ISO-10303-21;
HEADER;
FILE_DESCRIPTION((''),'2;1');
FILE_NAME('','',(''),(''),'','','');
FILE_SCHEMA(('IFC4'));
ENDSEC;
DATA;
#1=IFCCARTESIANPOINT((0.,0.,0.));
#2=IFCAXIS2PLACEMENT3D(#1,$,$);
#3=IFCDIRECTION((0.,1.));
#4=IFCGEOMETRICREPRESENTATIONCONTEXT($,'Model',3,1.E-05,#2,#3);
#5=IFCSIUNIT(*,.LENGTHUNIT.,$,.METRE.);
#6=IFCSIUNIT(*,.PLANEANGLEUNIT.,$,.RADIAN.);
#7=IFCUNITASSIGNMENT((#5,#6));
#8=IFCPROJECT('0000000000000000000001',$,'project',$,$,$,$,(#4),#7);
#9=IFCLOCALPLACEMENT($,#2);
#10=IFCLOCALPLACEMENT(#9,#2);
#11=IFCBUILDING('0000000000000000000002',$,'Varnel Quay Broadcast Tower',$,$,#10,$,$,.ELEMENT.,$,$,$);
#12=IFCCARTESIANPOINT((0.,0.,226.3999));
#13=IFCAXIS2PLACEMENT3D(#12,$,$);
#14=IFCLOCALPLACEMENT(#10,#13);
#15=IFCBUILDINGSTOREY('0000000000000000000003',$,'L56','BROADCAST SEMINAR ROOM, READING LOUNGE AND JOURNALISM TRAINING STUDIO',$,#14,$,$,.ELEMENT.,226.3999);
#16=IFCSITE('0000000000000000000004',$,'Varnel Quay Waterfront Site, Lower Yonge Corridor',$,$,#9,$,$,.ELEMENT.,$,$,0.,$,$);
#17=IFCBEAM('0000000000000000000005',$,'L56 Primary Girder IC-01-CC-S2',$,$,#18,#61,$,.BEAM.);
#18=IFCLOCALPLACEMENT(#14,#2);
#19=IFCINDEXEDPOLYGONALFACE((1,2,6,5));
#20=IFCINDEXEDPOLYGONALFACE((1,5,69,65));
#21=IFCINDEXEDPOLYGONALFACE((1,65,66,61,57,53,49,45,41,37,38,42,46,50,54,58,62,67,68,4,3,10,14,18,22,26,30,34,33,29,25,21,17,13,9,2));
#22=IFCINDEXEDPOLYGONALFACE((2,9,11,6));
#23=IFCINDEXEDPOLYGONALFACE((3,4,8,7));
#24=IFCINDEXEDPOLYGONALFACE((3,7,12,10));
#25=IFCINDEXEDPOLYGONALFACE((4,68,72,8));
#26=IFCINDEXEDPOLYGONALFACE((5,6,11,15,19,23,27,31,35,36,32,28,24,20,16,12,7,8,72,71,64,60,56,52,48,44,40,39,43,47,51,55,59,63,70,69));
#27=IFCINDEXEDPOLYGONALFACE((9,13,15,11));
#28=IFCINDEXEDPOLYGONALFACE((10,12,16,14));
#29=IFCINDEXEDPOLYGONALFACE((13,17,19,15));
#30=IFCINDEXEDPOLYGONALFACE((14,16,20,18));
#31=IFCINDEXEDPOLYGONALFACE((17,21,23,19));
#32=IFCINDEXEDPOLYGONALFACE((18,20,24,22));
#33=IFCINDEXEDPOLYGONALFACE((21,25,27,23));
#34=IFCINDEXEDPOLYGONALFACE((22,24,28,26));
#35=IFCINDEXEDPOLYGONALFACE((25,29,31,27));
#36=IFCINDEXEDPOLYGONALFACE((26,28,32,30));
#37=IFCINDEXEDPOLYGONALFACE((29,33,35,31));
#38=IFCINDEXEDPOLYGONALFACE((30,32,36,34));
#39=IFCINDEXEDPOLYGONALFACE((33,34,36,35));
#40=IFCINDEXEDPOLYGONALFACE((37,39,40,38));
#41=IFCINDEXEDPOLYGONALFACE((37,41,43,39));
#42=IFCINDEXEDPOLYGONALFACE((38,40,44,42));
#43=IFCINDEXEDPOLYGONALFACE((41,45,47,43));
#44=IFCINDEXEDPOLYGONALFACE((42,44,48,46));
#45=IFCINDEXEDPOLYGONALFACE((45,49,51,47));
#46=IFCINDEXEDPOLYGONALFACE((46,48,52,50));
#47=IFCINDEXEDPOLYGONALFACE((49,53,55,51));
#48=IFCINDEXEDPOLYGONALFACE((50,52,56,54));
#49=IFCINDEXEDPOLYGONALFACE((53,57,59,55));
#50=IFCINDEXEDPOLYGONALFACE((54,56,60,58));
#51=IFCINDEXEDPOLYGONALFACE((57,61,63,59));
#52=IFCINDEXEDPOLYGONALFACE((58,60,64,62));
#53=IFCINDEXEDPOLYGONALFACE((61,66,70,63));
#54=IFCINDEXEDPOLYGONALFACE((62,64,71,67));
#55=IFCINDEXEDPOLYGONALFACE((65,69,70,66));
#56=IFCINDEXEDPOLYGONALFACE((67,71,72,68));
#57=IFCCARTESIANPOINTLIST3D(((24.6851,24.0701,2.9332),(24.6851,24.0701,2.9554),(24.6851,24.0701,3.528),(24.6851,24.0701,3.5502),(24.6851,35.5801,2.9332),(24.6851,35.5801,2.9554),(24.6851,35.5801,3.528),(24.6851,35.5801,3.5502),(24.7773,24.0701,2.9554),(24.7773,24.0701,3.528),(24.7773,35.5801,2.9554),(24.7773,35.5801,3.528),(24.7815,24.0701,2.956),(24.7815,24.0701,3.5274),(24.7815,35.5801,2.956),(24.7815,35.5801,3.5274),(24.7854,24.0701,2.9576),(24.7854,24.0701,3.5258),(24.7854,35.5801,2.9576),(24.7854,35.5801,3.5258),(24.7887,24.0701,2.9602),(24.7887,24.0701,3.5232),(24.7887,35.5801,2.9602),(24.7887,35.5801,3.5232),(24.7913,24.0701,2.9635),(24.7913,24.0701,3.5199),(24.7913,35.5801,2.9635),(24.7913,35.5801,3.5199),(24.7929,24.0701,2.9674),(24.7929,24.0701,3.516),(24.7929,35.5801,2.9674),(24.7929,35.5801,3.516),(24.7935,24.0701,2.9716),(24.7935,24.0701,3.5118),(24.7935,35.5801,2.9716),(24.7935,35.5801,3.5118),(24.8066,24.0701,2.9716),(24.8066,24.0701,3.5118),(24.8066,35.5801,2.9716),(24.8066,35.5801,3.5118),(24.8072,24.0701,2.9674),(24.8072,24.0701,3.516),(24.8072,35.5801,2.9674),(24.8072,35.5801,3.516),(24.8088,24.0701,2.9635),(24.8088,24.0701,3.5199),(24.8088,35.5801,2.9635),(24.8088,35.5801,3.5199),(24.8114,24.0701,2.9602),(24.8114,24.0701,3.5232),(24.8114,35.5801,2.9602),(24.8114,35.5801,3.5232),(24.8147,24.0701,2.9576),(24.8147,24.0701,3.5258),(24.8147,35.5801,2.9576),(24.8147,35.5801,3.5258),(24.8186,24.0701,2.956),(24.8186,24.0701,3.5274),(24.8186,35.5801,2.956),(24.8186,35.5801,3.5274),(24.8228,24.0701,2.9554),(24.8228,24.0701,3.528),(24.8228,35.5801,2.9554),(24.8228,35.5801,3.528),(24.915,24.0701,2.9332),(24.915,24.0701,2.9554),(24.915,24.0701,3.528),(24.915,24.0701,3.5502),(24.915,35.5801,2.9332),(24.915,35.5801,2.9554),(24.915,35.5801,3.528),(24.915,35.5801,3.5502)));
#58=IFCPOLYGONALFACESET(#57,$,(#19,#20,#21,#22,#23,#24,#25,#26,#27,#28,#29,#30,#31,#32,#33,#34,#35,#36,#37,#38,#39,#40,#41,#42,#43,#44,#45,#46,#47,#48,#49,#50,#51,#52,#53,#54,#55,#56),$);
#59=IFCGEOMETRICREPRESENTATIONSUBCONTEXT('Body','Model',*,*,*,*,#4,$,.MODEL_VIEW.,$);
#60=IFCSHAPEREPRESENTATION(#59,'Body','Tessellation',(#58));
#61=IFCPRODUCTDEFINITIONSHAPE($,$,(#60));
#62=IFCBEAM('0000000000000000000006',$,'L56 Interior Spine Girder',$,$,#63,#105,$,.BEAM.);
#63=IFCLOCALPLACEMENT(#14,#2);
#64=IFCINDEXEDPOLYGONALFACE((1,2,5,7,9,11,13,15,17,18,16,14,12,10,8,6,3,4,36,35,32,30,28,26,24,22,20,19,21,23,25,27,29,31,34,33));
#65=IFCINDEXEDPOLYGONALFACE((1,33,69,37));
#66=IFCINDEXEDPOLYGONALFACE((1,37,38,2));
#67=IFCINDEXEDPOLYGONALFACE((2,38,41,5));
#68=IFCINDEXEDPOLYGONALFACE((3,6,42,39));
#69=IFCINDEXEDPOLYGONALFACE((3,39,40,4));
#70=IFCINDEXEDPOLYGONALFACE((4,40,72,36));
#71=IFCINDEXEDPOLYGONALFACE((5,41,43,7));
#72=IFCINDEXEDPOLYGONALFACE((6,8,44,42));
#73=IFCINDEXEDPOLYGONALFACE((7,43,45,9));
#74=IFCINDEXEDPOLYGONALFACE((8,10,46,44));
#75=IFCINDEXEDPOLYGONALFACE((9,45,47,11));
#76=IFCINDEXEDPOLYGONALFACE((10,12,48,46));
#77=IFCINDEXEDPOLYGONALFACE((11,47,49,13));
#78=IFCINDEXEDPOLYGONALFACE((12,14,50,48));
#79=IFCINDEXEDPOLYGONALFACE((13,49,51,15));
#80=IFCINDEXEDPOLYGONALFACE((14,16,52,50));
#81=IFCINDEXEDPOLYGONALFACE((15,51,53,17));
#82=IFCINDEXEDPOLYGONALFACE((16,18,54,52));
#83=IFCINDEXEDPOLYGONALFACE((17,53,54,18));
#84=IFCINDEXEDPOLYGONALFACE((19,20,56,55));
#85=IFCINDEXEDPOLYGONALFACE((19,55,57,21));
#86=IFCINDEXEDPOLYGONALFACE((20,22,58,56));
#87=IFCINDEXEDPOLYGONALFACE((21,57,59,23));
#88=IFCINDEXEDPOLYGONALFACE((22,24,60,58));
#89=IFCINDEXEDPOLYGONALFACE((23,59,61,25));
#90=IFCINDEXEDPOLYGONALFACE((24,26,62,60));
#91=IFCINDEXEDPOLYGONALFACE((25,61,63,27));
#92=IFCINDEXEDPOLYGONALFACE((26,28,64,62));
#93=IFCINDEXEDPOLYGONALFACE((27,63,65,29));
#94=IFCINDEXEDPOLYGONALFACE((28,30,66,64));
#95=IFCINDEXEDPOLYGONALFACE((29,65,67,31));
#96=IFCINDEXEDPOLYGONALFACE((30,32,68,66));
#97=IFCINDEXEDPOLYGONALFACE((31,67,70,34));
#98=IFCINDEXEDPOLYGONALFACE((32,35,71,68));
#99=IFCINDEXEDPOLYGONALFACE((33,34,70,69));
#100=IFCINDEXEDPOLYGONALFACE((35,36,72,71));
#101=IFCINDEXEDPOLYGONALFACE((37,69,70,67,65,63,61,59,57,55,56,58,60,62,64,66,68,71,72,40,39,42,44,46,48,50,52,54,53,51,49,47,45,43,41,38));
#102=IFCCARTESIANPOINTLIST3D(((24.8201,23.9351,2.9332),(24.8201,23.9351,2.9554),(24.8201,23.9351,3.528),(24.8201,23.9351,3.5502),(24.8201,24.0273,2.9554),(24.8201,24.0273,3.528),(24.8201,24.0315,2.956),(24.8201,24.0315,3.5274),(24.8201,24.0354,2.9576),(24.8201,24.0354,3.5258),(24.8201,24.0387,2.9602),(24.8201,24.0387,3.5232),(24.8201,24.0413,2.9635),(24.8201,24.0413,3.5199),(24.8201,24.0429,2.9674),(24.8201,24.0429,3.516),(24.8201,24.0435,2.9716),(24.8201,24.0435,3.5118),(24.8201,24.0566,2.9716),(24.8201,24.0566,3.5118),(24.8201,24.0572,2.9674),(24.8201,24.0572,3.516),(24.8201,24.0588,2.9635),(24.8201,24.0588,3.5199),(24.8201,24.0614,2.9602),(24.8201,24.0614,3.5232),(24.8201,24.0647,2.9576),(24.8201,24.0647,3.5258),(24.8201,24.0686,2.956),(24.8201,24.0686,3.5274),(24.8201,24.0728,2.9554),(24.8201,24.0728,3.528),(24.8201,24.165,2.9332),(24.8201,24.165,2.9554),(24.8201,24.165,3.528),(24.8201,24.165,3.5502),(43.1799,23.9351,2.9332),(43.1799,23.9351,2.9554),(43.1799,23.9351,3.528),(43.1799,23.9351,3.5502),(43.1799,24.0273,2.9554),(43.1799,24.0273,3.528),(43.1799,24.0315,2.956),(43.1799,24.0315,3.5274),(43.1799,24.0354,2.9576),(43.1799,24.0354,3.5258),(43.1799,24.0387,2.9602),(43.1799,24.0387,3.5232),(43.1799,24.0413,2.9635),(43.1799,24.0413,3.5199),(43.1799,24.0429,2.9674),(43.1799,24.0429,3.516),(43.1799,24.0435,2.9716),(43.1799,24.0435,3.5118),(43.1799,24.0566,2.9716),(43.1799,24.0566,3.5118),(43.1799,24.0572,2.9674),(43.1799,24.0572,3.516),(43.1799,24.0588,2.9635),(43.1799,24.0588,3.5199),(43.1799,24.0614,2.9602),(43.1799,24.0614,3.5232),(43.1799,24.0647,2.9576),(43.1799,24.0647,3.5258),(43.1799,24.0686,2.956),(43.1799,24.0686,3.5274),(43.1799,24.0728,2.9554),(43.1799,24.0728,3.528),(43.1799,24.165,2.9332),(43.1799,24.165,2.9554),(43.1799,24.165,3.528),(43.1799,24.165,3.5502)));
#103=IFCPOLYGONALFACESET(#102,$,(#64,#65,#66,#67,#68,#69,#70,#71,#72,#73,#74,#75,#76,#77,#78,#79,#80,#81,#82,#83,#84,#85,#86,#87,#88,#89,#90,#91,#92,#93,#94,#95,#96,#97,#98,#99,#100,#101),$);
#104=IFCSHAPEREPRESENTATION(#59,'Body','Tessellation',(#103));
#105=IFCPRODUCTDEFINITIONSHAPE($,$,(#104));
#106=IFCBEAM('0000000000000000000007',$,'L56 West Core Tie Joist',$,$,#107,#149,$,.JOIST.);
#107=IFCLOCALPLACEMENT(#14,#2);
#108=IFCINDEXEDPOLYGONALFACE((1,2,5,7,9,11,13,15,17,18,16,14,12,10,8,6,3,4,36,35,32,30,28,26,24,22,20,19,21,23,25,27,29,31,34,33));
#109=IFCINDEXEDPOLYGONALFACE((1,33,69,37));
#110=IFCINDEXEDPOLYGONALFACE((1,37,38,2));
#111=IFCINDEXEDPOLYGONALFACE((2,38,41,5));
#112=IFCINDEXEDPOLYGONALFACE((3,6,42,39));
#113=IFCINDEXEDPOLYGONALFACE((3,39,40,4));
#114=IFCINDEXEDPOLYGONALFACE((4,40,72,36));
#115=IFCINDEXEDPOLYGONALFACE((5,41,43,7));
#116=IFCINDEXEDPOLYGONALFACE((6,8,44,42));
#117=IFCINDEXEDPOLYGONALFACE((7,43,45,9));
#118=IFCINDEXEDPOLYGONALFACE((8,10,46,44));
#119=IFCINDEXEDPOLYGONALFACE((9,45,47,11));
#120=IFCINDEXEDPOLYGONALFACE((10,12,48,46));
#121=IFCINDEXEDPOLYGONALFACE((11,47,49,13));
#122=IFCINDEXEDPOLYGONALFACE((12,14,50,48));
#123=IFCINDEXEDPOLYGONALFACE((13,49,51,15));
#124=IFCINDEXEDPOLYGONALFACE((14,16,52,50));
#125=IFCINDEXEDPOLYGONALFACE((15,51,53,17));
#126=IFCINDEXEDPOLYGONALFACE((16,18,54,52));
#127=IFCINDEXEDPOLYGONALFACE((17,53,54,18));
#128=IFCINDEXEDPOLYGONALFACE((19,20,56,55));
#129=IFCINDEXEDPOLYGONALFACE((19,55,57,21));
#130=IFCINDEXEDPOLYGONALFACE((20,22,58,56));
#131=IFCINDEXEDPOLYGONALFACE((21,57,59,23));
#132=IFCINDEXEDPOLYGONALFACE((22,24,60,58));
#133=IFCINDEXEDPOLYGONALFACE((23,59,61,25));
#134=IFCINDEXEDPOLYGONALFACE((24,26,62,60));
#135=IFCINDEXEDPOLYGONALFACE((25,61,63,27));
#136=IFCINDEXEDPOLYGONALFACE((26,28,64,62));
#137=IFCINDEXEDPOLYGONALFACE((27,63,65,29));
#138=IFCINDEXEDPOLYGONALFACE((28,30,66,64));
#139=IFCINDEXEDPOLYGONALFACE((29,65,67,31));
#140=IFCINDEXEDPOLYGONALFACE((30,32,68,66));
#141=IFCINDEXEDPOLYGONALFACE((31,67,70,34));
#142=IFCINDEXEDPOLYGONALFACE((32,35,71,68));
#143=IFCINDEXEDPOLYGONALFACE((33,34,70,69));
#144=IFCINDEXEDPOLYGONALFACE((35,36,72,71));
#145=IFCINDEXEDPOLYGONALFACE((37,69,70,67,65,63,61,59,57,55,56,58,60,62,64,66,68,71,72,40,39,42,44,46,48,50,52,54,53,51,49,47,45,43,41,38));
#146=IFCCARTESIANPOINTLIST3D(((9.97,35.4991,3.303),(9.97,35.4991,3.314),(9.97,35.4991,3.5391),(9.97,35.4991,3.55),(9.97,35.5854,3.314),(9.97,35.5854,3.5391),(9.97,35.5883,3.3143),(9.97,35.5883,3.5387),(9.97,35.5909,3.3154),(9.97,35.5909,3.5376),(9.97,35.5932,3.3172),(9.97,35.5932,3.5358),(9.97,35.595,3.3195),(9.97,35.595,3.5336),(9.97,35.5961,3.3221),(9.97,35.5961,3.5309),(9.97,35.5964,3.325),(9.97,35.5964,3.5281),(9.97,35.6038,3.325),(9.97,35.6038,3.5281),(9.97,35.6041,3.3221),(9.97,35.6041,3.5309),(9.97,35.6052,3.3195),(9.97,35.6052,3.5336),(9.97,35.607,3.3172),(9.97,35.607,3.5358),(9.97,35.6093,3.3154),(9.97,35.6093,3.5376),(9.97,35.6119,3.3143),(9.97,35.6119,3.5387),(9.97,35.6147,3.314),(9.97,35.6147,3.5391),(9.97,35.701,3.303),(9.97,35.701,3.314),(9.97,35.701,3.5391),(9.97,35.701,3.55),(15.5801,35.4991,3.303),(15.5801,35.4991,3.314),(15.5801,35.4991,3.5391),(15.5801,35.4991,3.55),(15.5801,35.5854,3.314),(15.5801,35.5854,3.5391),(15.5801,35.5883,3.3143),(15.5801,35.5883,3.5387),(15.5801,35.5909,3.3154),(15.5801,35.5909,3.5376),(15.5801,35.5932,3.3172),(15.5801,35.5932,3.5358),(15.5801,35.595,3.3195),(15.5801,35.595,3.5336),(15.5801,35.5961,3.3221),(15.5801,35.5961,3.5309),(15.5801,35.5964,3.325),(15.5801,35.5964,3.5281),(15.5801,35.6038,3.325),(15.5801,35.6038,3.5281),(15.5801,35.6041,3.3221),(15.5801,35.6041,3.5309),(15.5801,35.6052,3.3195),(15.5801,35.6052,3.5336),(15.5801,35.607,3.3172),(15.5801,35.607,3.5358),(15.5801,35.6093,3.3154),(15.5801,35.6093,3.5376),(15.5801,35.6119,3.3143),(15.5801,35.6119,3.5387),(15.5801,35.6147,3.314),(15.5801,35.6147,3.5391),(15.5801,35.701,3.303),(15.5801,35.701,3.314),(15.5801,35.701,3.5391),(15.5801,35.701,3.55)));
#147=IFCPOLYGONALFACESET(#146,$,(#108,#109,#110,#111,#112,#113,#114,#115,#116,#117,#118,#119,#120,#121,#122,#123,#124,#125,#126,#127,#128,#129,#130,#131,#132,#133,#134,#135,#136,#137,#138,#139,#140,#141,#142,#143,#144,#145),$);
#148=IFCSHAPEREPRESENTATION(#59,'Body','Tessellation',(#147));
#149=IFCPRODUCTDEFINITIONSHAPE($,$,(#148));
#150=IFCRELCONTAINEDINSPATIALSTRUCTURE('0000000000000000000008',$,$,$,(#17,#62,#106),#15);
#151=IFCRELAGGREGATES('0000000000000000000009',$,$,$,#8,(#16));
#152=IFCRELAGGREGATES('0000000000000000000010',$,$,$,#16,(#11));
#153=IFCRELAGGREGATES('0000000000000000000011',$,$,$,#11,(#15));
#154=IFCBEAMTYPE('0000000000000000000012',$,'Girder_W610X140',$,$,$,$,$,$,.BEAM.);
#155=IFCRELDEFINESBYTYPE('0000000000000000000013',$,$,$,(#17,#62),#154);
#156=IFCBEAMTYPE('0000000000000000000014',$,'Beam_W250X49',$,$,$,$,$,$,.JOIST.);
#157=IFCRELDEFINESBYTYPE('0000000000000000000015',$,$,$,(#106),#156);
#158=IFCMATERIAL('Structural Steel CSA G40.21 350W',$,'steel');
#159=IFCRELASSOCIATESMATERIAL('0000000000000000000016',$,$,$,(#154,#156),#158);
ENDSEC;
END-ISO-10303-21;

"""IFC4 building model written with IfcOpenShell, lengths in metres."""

from ifc_helpers import new_model, si_unit, direction, frame, origin, origin_2d, place, context, subcontext, project, spatial, i_section, extrude, source, transform, mapped, material, material_profile, profile_set, type_object, type_shapes, element, save


model = new_model("IFC4")

# Units and contexts
model_context = context("Model", 3, precision=1e-05, world=origin(), true_north=direction((0.0, 1.0)))
body_context = subcontext(model_context, "Body", "Model", "MODEL_VIEW")
ifc_project = project(units=[si_unit("LENGTHUNIT", "METRE"), si_unit("PLANEANGLEUNIT", "RADIAN")], contexts=[model_context])

# Site, building, storey
site_placement = place(None, origin())
site = spatial("IfcSite", under=ifc_project, at=site_placement, Name="Varnel Quay Waterfront Site, Lower Yonge Corridor", CompositionType="ELEMENT", RefElevation=0.0)
building_placement = place(site_placement, origin())
building = spatial("IfcBuilding", under=site, at=building_placement, Name="Varnel Quay Broadcast Tower", CompositionType="ELEMENT")
storey_placement = place(building_placement, frame((0.0, 0.0, 226.3999)))
storey = spatial("IfcBuildingStorey", under=building, at=storey_placement, Name="L56", Description="BROADCAST SEMINAR ROOM, READING LOUNGE AND JOURNALISM TRAINING STUDIO", CompositionType="ELEMENT", Elevation=226.3999)

# Shared definitions
ifc_material_1 = material(Name="Structural Steel CSA G40.21 350W", Category="steel")

# Beams
ifc_material_profile_1 = material_profile(ifc_material_1, i_section(OverallWidth=0.23, OverallDepth=0.6169, WebThickness=0.0132, FlangeThickness=0.0222, FilletRadius=0.0161, at=origin_2d()), Name="W610X140")
ifc_profile_set_1 = profile_set([ifc_material_profile_1], Name="Structural Steel CSA G40.21 350W")
beam_type_1 = type_object("IfcBeamType", Name="Girder_W610X140", PredefinedType="BEAM", material=ifc_profile_set_1)
shared_shape_1 = source(origin(), body_context, "Body", "SweptSolid", [
    extrude(i_section(OverallWidth=0.23, OverallDepth=0.6169, WebThickness=0.0132, FlangeThickness=0.0222, FilletRadius=0.0161, at=origin_2d()), origin(), (0.0, 0.0, 1.0), 11.51),
])
beam_1_placement = place(storey_placement, frame((24.8, 24.0701, 3.2417), z_axis=(0.0, 1.0, 0.0), x_axis=(-1.0, 0.0, 0.0)))
element("IfcBeam", 1, at=beam_1_placement, inside=storey, type_object=beam_type_1, Name="L56 Primary Girder IC-01-CC-S2", PredefinedType="BEAM", context=body_context, shape_type="MappedRepresentation", body=[
    mapped(shared_shape_1, transform((0.0, 0.0, 0.0), x_axis=(1.0, 0.0, 0.0), y_axis=(0.0, 1.0, 0.0), z_axis=(0.0, 0.0, 1.0), scale=1.0)),
])
shared_shape_2 = source(origin(), body_context, "Body", "SweptSolid", [
    extrude(i_section(OverallWidth=0.23, OverallDepth=0.6169, WebThickness=0.0132, FlangeThickness=0.0222, FilletRadius=0.0161, at=origin_2d()), origin(), (0.0, 0.0, 1.0), 18.3599),
])
type_shapes(beam_type_1, [shared_shape_1, shared_shape_2])
beam_2_placement = place(storey_placement, frame((24.8201, 24.05, 3.2417), z_axis=(1.0, 0.0, 0.0), x_axis=(0.0, 1.0, 0.0)))
element("IfcBeam", 2, at=beam_2_placement, inside=storey, type_object=beam_type_1, Name="L56 Interior Spine Girder", PredefinedType="BEAM", context=body_context, shape_type="MappedRepresentation", body=[
    mapped(shared_shape_2, transform((0.0, 0.0, 0.0), x_axis=(1.0, 0.0, 0.0), y_axis=(0.0, 1.0, 0.0), z_axis=(0.0, 0.0, 1.0), scale=1.0)),
])
ifc_material_profile_2 = material_profile(ifc_material_1, i_section(OverallWidth=0.2019, OverallDepth=0.2471, WebThickness=0.0073, FlangeThickness=0.011, FilletRadius=0.011, at=origin_2d()), Name="W250X49")
ifc_profile_set_2 = profile_set([ifc_material_profile_2], Name="Structural Steel CSA G40.21 350W")
beam_type_2 = type_object("IfcBeamType", Name="Beam_W250X49", PredefinedType="JOIST", material=ifc_profile_set_2)
shared_shape_3 = source(origin(), body_context, "Body", "SweptSolid", [
    extrude(i_section(OverallWidth=0.2019, OverallDepth=0.2471, WebThickness=0.0073, FlangeThickness=0.011, FilletRadius=0.011, at=origin_2d()), origin(), (0.0, 0.0, 1.0), 5.6101),
])
type_shapes(beam_type_2, [shared_shape_3])
beam_3_placement = place(storey_placement, frame((9.97, 35.6001, 3.4265), z_axis=(1.0, 0.0, 0.0), x_axis=(0.0, 1.0, 0.0)))
element("IfcBeam", 3, at=beam_3_placement, inside=storey, type_object=beam_type_2, Name="L56 West Core Tie Joist", PredefinedType="JOIST", context=body_context, shape_type="MappedRepresentation", body=[
    mapped(shared_shape_3, transform((0.0, 0.0, 0.0), x_axis=(1.0, 0.0, 0.0), y_axis=(0.0, 1.0, 0.0), z_axis=(0.0, 0.0, 1.0), scale=1.0)),
])

save(model, "model.ifc")
